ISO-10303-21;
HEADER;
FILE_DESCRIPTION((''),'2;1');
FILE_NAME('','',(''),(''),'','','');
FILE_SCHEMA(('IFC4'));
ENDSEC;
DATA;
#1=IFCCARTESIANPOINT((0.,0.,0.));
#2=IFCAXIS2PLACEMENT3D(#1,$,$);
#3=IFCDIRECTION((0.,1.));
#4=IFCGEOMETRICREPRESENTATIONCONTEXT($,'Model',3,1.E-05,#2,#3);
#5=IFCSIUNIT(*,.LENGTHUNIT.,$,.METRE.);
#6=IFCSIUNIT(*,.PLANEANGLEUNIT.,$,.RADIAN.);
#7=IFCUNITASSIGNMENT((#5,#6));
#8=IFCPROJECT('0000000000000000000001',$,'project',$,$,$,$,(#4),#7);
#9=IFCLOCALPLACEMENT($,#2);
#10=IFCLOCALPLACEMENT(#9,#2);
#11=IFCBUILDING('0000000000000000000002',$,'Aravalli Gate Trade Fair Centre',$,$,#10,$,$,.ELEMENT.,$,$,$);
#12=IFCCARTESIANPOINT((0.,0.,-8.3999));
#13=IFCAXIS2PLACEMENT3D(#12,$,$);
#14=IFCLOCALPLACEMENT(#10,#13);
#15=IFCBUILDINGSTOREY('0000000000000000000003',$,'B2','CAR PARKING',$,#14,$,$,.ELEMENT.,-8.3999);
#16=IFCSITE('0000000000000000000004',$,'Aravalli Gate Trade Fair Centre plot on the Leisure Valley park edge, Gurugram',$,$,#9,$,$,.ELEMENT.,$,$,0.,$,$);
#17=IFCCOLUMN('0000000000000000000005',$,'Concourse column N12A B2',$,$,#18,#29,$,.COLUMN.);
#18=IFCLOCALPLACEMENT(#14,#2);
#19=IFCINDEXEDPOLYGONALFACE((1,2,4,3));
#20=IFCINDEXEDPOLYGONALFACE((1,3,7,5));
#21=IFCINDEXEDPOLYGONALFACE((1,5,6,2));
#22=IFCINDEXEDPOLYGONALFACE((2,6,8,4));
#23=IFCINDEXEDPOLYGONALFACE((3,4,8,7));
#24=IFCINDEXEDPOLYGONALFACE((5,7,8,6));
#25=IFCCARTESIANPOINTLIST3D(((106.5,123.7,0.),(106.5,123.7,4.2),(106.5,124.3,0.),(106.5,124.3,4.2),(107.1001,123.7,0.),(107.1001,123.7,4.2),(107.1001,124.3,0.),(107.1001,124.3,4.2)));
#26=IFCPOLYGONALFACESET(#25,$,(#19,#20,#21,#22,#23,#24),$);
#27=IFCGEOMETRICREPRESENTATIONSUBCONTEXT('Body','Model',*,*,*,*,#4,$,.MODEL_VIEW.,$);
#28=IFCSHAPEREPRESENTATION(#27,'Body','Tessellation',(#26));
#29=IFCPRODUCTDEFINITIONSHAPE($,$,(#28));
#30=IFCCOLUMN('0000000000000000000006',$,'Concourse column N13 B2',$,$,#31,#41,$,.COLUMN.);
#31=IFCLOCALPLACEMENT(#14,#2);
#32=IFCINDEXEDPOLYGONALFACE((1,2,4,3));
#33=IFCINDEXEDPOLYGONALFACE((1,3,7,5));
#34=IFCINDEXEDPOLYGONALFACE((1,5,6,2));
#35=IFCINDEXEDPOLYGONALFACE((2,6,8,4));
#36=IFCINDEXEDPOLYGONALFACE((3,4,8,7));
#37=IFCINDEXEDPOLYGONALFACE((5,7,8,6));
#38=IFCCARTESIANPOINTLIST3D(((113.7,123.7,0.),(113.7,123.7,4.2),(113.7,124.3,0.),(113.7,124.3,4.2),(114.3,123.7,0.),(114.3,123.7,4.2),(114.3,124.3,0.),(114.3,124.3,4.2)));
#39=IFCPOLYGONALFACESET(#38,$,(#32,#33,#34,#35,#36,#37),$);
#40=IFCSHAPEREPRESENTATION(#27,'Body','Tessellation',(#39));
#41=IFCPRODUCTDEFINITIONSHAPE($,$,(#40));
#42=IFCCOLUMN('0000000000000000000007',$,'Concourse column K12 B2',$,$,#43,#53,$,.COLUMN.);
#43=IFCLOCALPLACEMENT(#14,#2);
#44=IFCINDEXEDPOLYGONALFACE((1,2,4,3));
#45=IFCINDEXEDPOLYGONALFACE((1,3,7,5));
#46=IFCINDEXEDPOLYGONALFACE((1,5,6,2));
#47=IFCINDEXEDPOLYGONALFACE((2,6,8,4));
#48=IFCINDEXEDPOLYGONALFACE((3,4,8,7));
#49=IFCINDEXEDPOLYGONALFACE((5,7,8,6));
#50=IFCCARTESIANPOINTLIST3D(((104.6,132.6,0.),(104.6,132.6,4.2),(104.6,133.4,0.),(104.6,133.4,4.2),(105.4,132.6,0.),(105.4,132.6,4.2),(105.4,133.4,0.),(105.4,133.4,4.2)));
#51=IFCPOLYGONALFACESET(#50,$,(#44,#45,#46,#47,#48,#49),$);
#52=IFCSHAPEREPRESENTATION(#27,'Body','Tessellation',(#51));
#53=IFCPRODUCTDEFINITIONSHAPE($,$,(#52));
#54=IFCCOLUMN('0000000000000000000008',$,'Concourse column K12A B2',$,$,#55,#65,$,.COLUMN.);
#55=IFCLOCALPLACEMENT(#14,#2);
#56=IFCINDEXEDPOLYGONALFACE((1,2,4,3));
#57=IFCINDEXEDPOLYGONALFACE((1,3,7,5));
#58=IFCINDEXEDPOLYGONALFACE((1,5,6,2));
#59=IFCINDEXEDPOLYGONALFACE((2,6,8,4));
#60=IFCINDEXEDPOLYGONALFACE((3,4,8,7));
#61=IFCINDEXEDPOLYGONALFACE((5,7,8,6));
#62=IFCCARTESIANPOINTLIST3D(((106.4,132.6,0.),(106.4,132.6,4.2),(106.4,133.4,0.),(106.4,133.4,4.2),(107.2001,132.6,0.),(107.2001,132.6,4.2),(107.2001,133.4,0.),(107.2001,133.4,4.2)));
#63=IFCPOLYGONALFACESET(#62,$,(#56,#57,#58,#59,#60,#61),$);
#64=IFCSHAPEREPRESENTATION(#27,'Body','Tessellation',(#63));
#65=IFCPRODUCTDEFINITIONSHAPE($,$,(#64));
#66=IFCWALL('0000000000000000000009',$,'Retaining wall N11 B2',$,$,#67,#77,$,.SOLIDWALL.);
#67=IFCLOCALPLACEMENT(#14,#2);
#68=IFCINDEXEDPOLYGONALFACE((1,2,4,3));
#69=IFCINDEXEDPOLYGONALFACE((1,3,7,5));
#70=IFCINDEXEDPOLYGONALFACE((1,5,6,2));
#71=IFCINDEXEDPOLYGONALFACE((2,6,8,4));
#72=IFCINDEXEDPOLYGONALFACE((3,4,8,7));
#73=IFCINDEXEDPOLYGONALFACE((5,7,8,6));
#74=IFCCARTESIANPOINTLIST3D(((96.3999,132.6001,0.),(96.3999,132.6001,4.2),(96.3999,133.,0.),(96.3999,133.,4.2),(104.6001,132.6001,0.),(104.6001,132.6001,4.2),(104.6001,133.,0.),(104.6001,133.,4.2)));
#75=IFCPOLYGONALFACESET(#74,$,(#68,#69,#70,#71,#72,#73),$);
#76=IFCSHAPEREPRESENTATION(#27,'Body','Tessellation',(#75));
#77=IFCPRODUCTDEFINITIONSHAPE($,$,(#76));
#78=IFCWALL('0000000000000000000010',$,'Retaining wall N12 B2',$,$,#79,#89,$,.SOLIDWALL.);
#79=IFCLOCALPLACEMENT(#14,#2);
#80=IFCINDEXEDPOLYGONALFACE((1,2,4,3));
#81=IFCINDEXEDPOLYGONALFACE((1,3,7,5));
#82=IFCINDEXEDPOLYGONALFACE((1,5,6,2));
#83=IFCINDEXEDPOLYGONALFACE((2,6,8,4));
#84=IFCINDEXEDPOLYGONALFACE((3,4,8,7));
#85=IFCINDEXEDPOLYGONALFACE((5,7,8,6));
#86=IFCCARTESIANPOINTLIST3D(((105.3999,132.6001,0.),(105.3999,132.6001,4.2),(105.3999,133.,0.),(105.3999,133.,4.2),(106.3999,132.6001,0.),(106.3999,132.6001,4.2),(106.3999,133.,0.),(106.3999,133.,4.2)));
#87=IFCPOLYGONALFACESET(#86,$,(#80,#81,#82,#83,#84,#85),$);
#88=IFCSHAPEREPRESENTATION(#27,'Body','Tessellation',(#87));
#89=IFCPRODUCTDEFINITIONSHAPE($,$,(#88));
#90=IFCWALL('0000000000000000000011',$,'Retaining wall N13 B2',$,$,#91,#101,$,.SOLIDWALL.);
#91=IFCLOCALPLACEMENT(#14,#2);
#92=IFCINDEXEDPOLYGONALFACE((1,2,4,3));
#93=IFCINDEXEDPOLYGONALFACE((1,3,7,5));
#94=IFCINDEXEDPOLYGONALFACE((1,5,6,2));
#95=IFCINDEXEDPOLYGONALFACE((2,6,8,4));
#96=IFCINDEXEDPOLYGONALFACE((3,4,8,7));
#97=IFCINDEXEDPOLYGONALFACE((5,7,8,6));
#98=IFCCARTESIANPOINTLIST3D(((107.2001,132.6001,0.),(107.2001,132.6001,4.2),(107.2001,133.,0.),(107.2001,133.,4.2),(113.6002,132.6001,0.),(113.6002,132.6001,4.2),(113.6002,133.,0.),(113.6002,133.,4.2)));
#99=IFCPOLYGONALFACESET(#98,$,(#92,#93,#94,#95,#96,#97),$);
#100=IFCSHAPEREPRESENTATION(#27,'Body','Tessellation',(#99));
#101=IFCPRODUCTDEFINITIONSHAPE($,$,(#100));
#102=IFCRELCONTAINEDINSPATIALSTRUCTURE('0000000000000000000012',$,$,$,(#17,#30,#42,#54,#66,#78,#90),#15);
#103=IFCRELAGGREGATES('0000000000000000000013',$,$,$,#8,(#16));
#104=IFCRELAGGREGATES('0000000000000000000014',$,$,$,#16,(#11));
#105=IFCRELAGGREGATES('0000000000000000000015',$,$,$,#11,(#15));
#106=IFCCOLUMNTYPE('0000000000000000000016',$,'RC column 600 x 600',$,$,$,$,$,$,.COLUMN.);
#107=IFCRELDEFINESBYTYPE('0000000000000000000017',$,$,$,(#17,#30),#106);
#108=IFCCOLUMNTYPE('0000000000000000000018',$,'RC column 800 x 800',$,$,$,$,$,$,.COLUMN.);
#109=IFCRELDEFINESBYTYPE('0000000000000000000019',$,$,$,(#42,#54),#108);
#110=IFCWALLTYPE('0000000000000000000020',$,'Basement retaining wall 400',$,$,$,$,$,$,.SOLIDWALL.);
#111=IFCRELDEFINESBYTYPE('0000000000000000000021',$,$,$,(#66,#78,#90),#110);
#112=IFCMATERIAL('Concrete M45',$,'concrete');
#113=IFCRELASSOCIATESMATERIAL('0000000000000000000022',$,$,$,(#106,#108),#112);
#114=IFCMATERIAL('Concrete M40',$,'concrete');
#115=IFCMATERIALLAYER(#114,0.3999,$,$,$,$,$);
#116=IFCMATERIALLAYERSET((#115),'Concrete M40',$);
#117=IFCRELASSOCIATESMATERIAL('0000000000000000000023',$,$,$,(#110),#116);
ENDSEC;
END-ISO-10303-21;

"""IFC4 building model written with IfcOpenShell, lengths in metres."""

from ifc_helpers import new_model, si_unit, direction, frame, frame_2d, origin, origin_2d, place, context, subcontext, project, spatial, rectangle, extrude, material, layer, layer_set, material_profile, profile_set, type_object, element, save


model = new_model("IFC4")

# Units and contexts
model_context = context("Model", 3, precision=1e-05, world=origin(), true_north=direction((0.0, 1.0)))
body_context = subcontext(model_context, "Body", "Model", "MODEL_VIEW")
ifc_project = project(units=[si_unit("LENGTHUNIT", "METRE"), si_unit("PLANEANGLEUNIT", "RADIAN")], contexts=[model_context])

# Site, building, storey
site_placement = place(None, origin())
site = spatial("IfcSite", under=ifc_project, at=site_placement, Name="Aravalli Gate Trade Fair Centre plot on the Leisure Valley park edge, Gurugram", CompositionType="ELEMENT", RefElevation=0.0)
building_placement = place(site_placement, origin())
building = spatial("IfcBuilding", under=site, at=building_placement, Name="Aravalli Gate Trade Fair Centre", CompositionType="ELEMENT")
storey_placement = place(building_placement, frame((0.0, 0.0, -8.3999)))
storey = spatial("IfcBuildingStorey", under=building, at=storey_placement, Name="B2", Description="CAR PARKING", CompositionType="ELEMENT", Elevation=-8.3999)

# Columns
ifc_material_1 = material(Name="Concrete M45", Category="concrete")
ifc_material_profile_1 = material_profile(ifc_material_1, rectangle(XDim=0.6001, YDim=0.6001, at=origin_2d()), Name="RC column 600 x 600")
ifc_profile_set_1 = profile_set([ifc_material_profile_1], Name="Concrete M45")
column_type_1 = type_object("IfcColumnType", Name="RC column 600 x 600", PredefinedType="COLUMN", material=ifc_profile_set_1)
for number, where, z_axis, x_axis, name in (
    (1, (106.8, 124.0, 0.0), (0.0, 0.0, 1.0), (1.0, 0.0, 0.0), "Concourse column N12A B2"),
    (2, (114.0, 124.0, 0.0), (0.0, 0.0, 1.0), (1.0, 0.0, 0.0), "Concourse column N13 B2"),
):
    element("IfcColumn", number, at=place(storey_placement, frame(where, z_axis=z_axis, x_axis=x_axis)), inside=storey, type_object=column_type_1, Name=name, PredefinedType="COLUMN", context=body_context, shape_type="SweptSolid", body=[
        extrude(rectangle(XDim=0.6001, YDim=0.6001, at=origin_2d()), origin(), (0.0, 0.0, 1.0), 4.2),
    ])
ifc_material_profile_2 = material_profile(ifc_material_1, rectangle(XDim=0.8, YDim=0.8, at=origin_2d()), Name="RC column 800 x 800")
ifc_profile_set_2 = profile_set([ifc_material_profile_2], Name="Concrete M45")
column_type_2 = type_object("IfcColumnType", Name="RC column 800 x 800", PredefinedType="COLUMN", material=ifc_profile_set_2)
for number, where, z_axis, x_axis, name in (
    (3, (105.0, 133.0, 0.0), (0.0, 0.0, 1.0), (1.0, 0.0, 0.0), "Concourse column K12 B2"),
    (4, (106.8, 133.0, 0.0), (0.0, 0.0, 1.0), (1.0, 0.0, 0.0), "Concourse column K12A B2"),
):
    element("IfcColumn", number, at=place(storey_placement, frame(where, z_axis=z_axis, x_axis=x_axis)), inside=storey, type_object=column_type_2, Name=name, PredefinedType="COLUMN", context=body_context, shape_type="SweptSolid", body=[
        extrude(rectangle(XDim=0.8, YDim=0.8, at=origin_2d()), origin(), (0.0, 0.0, 1.0), 4.2),
    ])

# Walls
ifc_material_2 = material(Name="Concrete M40", Category="concrete")
ifc_layer = layer(ifc_material_2, 0.3999)
ifc_layer_set = layer_set([ifc_layer], Name="Concrete M40")
wall_type = type_object("IfcWallType", Name="Basement retaining wall 400", PredefinedType="SOLIDWALL", material=ifc_layer_set)
wall_1_placement = place(storey_placement, frame((96.3999, 132.8, 0.0), z_axis=(0.0, 0.0, 1.0), x_axis=(1.0, 0.0, 0.0)))
element("IfcWall", 5, at=wall_1_placement, inside=storey, type_object=wall_type, Name="Retaining wall N11 B2", PredefinedType="SOLIDWALL", context=body_context, shape_type="SweptSolid", body=[
    extrude(rectangle(XDim=8.2002, YDim=0.3999, at=frame_2d((4.1001, 0.0))), origin(), (0.0, 0.0, 1.0), 4.2),
])
wall_2_placement = place(storey_placement, frame((105.3999, 132.8, 0.0), z_axis=(0.0, 0.0, 1.0), x_axis=(1.0, 0.0, 0.0)))
element("IfcWall", 6, at=wall_2_placement, inside=storey, type_object=wall_type, Name="Retaining wall N12 B2", PredefinedType="SOLIDWALL", context=body_context, shape_type="SweptSolid", body=[
    extrude(rectangle(XDim=1.0, YDim=0.3999, at=frame_2d((0.5, 0.0))), origin(), (0.0, 0.0, 1.0), 4.2),
])
wall_3_placement = place(storey_placement, frame((107.2, 132.8, 0.0), z_axis=(0.0, 0.0, 1.0), x_axis=(1.0, 0.0, 0.0)))
element("IfcWall", 7, at=wall_3_placement, inside=storey, type_object=wall_type, Name="Retaining wall N13 B2", PredefinedType="SOLIDWALL", context=body_context, shape_type="SweptSolid", body=[
    extrude(rectangle(XDim=6.4001, YDim=0.3999, at=frame_2d((3.2002, 0.0))), origin(), (0.0, 0.0, 1.0), 4.2),
])

save(model, "model.ifc")
